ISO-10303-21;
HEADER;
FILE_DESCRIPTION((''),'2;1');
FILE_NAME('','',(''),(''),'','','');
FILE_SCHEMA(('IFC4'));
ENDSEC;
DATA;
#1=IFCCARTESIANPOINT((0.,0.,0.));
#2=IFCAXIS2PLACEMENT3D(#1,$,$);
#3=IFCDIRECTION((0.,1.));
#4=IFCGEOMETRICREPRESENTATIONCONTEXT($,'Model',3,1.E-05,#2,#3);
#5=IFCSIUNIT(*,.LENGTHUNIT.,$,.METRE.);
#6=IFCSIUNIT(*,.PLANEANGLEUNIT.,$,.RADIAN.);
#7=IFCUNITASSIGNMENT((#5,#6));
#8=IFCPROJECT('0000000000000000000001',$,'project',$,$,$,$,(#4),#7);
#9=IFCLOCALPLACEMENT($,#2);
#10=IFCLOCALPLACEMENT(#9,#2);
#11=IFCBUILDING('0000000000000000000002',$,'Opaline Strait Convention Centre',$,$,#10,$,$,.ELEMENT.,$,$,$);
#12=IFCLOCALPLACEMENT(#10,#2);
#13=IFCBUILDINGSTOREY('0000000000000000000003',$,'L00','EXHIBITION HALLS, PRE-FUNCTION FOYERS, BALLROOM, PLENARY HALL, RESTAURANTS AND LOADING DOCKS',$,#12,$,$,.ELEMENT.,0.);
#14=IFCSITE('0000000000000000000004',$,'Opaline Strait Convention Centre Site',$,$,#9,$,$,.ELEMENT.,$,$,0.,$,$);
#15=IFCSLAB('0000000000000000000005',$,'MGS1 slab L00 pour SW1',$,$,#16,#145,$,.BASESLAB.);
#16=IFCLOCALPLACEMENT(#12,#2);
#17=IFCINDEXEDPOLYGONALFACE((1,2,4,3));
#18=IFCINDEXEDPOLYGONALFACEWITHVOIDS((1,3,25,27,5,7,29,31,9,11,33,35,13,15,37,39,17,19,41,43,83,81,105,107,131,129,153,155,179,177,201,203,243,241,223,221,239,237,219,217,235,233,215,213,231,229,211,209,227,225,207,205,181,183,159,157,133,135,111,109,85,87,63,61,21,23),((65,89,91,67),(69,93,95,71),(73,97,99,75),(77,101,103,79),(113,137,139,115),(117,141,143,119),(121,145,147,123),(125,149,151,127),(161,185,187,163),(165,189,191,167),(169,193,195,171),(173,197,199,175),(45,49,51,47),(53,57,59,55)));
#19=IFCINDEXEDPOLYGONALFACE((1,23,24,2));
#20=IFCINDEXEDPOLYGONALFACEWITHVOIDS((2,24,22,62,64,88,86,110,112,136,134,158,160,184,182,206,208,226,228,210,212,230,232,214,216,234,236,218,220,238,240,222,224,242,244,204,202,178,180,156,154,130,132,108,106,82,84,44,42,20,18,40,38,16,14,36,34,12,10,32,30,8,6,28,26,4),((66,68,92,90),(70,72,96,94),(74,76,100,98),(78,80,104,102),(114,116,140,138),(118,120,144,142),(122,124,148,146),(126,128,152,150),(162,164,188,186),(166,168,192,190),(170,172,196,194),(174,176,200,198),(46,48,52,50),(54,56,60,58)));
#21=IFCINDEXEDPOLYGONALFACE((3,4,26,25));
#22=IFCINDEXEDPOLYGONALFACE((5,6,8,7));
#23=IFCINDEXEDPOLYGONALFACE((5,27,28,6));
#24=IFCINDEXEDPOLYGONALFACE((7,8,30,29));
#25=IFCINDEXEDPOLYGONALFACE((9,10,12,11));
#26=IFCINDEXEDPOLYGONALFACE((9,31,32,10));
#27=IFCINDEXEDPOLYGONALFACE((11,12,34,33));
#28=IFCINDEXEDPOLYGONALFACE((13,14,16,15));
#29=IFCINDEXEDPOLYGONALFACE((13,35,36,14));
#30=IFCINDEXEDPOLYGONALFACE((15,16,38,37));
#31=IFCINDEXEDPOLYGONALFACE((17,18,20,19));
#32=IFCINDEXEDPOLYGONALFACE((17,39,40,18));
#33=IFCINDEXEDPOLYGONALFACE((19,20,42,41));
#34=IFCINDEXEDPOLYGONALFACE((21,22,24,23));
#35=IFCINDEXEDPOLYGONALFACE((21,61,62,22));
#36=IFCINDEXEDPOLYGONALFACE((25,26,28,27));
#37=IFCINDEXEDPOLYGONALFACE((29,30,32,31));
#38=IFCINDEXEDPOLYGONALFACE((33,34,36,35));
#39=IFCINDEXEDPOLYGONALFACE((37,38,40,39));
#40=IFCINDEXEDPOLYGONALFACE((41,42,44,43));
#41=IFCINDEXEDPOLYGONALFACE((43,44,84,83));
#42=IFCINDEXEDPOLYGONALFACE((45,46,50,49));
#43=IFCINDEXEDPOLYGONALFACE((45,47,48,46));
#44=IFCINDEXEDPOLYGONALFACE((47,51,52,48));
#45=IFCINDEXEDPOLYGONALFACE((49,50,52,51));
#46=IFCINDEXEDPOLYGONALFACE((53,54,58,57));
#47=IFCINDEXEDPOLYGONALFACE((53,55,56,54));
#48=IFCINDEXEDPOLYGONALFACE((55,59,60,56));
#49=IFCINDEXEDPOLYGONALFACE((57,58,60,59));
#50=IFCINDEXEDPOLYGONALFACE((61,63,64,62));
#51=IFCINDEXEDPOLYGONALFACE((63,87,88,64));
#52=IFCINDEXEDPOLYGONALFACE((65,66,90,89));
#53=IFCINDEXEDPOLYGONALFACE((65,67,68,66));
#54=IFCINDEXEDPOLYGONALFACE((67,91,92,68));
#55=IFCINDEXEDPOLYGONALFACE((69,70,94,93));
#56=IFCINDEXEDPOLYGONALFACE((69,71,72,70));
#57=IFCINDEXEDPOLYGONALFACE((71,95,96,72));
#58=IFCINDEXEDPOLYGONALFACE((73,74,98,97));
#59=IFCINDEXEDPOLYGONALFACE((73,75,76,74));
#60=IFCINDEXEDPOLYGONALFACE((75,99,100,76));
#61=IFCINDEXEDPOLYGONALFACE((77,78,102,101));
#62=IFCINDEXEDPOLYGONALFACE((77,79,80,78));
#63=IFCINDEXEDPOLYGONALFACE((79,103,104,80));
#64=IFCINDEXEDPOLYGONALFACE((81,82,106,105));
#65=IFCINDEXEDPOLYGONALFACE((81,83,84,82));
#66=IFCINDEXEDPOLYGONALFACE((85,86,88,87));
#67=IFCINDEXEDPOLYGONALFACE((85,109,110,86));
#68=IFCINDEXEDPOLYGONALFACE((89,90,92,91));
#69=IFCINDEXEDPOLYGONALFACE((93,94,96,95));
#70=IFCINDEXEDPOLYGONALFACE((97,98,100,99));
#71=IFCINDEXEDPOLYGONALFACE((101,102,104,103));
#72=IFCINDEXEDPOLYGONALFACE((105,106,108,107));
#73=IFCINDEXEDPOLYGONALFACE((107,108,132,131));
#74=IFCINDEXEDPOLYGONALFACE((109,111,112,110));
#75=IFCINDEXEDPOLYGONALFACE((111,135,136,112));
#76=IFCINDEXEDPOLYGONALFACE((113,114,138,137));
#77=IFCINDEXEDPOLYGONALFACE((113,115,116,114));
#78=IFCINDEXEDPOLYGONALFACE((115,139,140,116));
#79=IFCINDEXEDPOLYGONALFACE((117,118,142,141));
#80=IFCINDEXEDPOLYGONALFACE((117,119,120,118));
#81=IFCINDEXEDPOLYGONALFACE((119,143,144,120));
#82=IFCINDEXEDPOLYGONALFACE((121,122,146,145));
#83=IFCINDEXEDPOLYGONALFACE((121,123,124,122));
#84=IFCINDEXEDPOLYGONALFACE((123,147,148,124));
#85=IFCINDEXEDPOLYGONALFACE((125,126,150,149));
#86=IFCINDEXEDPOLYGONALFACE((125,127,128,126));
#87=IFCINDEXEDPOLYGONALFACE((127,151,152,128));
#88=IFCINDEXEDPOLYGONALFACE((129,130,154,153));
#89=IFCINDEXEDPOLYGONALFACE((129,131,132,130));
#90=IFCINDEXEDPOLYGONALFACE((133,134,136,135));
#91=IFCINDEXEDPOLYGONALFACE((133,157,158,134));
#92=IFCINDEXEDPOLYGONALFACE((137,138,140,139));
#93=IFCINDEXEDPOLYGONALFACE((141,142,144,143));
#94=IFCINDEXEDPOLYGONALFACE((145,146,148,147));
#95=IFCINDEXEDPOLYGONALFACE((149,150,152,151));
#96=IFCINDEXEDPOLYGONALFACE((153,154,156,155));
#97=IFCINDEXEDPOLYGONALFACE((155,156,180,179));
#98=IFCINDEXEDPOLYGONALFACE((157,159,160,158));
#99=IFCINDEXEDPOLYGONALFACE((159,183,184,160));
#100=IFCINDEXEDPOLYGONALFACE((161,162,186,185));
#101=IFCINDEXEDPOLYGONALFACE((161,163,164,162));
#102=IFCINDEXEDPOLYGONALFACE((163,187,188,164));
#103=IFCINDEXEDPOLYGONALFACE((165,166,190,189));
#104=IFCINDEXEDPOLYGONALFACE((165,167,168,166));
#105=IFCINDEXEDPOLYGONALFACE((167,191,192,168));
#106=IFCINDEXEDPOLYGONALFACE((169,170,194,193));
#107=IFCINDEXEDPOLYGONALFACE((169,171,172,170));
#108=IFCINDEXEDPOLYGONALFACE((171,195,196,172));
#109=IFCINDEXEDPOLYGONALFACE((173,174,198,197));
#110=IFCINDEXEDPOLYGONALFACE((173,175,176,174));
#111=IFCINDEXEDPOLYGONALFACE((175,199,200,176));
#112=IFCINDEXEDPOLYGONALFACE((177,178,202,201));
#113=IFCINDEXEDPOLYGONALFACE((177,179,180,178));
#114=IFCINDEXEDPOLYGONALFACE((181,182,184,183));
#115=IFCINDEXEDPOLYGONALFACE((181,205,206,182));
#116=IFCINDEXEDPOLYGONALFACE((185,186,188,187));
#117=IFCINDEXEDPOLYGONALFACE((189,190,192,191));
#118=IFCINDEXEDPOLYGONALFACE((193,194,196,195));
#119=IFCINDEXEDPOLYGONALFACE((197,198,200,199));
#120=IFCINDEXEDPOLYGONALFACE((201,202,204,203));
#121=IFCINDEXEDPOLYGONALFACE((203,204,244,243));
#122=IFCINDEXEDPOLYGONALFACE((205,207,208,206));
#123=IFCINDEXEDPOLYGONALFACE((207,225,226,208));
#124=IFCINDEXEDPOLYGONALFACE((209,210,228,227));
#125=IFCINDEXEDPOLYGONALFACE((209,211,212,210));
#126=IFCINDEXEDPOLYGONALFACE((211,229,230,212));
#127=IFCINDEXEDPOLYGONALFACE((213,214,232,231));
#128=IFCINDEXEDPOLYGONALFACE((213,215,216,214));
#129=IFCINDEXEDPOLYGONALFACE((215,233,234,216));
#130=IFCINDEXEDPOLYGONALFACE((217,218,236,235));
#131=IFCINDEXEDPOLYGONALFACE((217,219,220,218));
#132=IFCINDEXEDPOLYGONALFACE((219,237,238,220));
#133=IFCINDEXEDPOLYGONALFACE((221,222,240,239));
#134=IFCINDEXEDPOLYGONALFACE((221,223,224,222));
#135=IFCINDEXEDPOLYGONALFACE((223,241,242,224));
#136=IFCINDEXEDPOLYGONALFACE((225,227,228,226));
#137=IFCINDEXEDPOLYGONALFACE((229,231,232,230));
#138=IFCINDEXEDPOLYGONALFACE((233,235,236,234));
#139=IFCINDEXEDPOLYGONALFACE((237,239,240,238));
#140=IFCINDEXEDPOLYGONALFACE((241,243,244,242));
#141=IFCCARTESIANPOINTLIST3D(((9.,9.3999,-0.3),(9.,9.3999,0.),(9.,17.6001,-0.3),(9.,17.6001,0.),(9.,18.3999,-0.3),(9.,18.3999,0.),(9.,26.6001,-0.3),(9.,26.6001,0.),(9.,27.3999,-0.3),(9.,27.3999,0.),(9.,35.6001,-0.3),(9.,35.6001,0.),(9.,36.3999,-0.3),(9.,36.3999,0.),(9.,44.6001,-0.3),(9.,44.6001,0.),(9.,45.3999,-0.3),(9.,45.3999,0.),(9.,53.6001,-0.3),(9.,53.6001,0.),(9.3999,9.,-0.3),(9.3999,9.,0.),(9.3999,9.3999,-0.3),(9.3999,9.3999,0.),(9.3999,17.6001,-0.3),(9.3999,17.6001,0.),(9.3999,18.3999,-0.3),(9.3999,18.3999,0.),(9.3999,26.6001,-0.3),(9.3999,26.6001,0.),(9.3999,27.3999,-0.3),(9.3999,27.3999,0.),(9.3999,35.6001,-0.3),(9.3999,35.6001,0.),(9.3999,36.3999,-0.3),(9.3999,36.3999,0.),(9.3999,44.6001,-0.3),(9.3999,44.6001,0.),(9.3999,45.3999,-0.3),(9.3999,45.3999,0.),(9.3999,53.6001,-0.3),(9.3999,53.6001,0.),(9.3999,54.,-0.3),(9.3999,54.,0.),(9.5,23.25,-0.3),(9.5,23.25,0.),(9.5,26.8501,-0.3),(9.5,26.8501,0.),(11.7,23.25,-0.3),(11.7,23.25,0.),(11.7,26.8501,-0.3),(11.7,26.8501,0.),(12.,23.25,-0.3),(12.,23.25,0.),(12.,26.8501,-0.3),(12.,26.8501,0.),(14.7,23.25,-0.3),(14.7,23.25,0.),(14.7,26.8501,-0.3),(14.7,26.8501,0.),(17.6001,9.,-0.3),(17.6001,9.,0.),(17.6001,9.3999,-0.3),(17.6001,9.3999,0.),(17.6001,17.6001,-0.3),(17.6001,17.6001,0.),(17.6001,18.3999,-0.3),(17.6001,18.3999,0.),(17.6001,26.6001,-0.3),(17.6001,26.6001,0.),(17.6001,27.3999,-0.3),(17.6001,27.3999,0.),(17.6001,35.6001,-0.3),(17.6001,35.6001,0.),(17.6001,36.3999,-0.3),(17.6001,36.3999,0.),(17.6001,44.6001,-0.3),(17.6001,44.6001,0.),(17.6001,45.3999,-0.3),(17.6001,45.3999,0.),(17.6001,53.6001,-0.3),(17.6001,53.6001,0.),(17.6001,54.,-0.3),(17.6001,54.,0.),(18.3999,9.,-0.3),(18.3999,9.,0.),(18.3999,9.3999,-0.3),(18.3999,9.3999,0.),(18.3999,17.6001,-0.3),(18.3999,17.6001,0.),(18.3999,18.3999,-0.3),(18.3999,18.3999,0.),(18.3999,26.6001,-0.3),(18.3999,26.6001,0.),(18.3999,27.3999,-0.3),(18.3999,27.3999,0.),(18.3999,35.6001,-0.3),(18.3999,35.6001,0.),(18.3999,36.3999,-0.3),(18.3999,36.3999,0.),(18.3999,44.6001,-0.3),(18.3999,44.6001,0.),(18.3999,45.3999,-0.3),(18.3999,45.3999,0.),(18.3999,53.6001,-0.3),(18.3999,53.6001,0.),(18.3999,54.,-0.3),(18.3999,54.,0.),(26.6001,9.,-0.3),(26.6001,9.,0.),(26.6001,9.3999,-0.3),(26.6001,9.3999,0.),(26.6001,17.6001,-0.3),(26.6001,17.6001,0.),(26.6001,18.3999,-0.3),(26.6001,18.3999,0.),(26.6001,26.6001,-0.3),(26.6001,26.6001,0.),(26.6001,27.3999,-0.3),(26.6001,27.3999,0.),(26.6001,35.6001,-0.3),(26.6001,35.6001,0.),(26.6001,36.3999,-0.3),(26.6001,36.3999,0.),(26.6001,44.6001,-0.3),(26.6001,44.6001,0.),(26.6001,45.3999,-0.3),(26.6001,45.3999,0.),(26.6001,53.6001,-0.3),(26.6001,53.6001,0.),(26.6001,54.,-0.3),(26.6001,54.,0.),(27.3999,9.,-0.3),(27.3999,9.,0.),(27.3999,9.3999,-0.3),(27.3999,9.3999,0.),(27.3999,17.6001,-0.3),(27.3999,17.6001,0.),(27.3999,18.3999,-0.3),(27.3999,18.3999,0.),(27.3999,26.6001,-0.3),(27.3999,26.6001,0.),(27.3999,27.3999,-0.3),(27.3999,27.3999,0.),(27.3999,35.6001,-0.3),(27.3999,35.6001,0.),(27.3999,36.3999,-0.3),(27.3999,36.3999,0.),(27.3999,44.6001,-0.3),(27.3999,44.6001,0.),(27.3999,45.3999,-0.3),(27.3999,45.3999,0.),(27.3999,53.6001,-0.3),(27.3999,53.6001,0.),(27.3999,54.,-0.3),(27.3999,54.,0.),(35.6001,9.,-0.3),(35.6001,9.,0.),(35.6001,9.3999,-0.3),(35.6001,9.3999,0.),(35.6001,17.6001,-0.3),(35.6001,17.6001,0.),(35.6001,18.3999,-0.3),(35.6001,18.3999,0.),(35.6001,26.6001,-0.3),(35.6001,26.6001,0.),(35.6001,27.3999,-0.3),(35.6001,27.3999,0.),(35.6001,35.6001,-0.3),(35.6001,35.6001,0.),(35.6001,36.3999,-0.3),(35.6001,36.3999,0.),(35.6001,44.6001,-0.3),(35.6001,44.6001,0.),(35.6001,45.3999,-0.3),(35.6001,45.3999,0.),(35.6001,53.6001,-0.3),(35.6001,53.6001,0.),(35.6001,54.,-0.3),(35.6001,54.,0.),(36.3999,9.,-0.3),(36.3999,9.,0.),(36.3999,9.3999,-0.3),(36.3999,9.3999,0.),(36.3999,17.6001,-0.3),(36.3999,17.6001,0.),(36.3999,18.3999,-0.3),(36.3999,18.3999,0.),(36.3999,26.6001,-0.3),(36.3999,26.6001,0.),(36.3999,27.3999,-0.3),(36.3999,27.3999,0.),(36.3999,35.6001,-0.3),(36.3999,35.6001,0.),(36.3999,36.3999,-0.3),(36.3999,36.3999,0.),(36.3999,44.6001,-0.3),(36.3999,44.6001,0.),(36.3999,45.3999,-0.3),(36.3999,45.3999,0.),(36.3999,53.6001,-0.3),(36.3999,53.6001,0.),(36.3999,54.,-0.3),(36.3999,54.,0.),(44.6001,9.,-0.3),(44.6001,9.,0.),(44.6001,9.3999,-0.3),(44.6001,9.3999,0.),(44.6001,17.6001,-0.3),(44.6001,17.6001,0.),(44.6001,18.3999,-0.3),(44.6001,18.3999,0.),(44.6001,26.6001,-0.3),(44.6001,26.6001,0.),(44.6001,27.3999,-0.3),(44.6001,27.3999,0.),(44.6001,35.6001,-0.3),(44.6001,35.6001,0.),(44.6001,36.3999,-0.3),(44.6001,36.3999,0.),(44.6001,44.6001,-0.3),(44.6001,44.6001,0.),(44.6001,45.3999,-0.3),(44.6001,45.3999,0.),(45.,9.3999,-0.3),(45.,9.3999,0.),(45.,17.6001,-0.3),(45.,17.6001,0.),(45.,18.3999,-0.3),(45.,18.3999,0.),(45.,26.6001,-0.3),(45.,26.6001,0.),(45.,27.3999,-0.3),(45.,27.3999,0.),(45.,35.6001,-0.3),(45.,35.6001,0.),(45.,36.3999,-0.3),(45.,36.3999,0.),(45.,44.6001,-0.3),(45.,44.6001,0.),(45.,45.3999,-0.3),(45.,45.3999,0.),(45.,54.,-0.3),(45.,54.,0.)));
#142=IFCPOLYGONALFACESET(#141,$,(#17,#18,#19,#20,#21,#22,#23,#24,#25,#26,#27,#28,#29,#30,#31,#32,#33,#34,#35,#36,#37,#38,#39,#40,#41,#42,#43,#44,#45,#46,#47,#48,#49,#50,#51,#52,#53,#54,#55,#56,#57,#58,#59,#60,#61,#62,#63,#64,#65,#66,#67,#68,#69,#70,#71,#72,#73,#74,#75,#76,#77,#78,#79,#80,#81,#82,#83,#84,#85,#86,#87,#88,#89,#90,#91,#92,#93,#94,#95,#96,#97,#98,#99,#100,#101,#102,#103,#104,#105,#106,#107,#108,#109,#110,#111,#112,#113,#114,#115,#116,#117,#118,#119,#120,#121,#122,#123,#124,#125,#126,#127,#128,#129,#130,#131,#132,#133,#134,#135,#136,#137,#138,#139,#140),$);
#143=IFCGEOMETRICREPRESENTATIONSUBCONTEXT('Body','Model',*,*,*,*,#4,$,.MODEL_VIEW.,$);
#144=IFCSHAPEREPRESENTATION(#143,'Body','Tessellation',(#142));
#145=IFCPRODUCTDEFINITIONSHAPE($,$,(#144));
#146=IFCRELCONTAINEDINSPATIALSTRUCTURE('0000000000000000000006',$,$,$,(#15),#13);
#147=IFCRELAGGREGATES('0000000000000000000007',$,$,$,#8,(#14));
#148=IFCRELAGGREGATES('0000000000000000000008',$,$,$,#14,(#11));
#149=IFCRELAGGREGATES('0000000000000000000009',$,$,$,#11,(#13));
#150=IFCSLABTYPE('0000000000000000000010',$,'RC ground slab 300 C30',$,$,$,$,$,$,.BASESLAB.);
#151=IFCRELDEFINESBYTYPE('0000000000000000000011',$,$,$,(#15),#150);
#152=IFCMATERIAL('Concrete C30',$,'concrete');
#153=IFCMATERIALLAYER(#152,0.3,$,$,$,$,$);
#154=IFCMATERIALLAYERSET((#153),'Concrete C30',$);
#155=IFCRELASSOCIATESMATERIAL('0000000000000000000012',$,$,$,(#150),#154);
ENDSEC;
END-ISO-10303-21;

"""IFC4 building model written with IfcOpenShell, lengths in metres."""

from ifc_helpers import new_model, si_unit, direction, frame, origin, place, context, subcontext, project, spatial, polyline, outline, extrude, material, layer, layer_set, type_object, element, save


model = new_model("IFC4")

# Units and contexts
model_context = context("Model", 3, precision=1e-05, world=origin(), true_north=direction((0.0, 1.0)))
body_context = subcontext(model_context, "Body", "Model", "MODEL_VIEW")
ifc_project = project(units=[si_unit("LENGTHUNIT", "METRE"), si_unit("PLANEANGLEUNIT", "RADIAN")], contexts=[model_context])

# Site, building, storey
site_placement = place(None, origin())
site = spatial("IfcSite", under=ifc_project, at=site_placement, Name="Opaline Strait Convention Centre Site", CompositionType="ELEMENT", RefElevation=0.0)
building_placement = place(site_placement, origin())
building = spatial("IfcBuilding", under=site, at=building_placement, Name="Opaline Strait Convention Centre", CompositionType="ELEMENT")
storey_placement = place(building_placement, origin())
storey = spatial("IfcBuildingStorey", under=building, at=storey_placement, Name="L00", Description="EXHIBITION HALLS, PRE-FUNCTION FOYERS, BALLROOM, PLENARY HALL, RESTAURANTS AND LOADING DOCKS", CompositionType="ELEMENT", Elevation=0.0)

# Slab
ifc_material = material(Name="Concrete C30", Category="concrete")
ifc_layer_1 = layer(ifc_material, 0.3)
ifc_layer_set_1 = layer_set([ifc_layer_1], Name="Concrete C30")
slab_type_1 = type_object("IfcSlabType", Name="RC ground slab 300 C30", PredefinedType="BASESLAB", material=ifc_layer_set_1)
slab_1_placement = place(storey_placement, frame((0.0, 0.0, -0.3)))
element("IfcSlab", 1, at=slab_1_placement, inside=storey, type_object=slab_type_1, Name="MGS1 slab L00 pour SW1", PredefinedType="BASESLAB", context=body_context, shape_type="SweptSolid", body=[
    extrude(outline(polyline([(44.6001, 9.3999), (44.6001, 9.0), (36.3999, 9.0), (36.3999, 9.3999), (35.6001, 9.3999), (35.6001, 9.0), (27.3999, 9.0), (27.3999, 9.3999), (26.6001, 9.3999), (26.6001, 9.0), (18.3999, 9.0), (18.3999, 9.3999), (17.6001, 9.3999), (17.6001, 9.0), (9.3999, 9.0), (9.3999, 9.3999), (9.0, 9.3999), (9.0, 17.6001), (9.3999, 17.6001), (9.3999, 18.3999), (9.0, 18.3999), (9.0, 26.6001), (9.3999, 26.6001), (9.3999, 27.3999), (9.0, 27.3999), (9.0, 35.6001), (9.3999, 35.6001), (9.3999, 36.3999), (9.0, 36.3999), (9.0, 44.6001), (9.3999, 44.6001), (9.3999, 45.3999), (9.0, 45.3999), (9.0, 53.6001), (9.3999, 53.6001), (9.3999, 54.0), (17.6001, 54.0), (17.6001, 53.6001), (18.3999, 53.6001), (18.3999, 54.0), (26.6001, 54.0), (26.6001, 53.6001), (27.3999, 53.6001), (27.3999, 54.0), (35.6001, 54.0), (35.6001, 53.6001), (36.3999, 53.6001), (36.3999, 54.0), (45.0, 54.0), (45.0, 45.3999), (44.6001, 45.3999), (44.6001, 44.6001), (45.0, 44.6001), (45.0, 36.3999), (44.6001, 36.3999), (44.6001, 35.6001), (45.0, 35.6001), (45.0, 27.3999), (44.6001, 27.3999), (44.6001, 26.6001), (45.0, 26.6001), (45.0, 18.3999), (44.6001, 18.3999), (44.6001, 17.6001), (45.0, 17.6001), (45.0, 9.3999), (44.6001, 9.3999)]), holes=[polyline([(18.3999, 17.6001), (18.3999, 18.3999), (17.6001, 18.3999), (17.6001, 17.6001), (18.3999, 17.6001)]), polyline([(12.0, 23.25), (14.7, 23.25), (14.7, 26.8501), (12.0, 26.8501), (12.0, 23.25)]), polyline([(9.5, 23.25), (11.7, 23.25), (11.7, 26.8501), (9.5, 26.8501), (9.5, 23.25)]), polyline([(17.6001, 26.6001), (18.3999, 26.6001), (18.3999, 27.3999), (17.6001, 27.3999), (17.6001, 26.6001)]), polyline([(26.6001, 35.6001), (27.3999, 35.6001), (27.3999, 36.3999), (26.6001, 36.3999), (26.6001, 35.6001)]), polyline([(17.6001, 35.6001), (18.3999, 35.6001), (18.3999, 36.3999), (17.6001, 36.3999), (17.6001, 35.6001)]), polyline([(17.6001, 44.6001), (18.3999, 44.6001), (18.3999, 45.3999), (17.6001, 45.3999), (17.6001, 44.6001)]), polyline([(27.3999, 17.6001), (27.3999, 18.3999), (26.6001, 18.3999), (26.6001, 17.6001), (27.3999, 17.6001)]), polyline([(35.6001, 17.6001), (36.3999, 17.6001), (36.3999, 18.3999), (35.6001, 18.3999), (35.6001, 17.6001)]), polyline([(26.6001, 26.6001), (27.3999, 26.6001), (27.3999, 27.3999), (26.6001, 27.3999), (26.6001, 26.6001)]), polyline([(36.3999, 26.6001), (36.3999, 27.3999), (35.6001, 27.3999), (35.6001, 26.6001), (36.3999, 26.6001)]), polyline([(35.6001, 35.6001), (36.3999, 35.6001), (36.3999, 36.3999), (35.6001, 36.3999), (35.6001, 35.6001)]), polyline([(26.6001, 44.6001), (27.3999, 44.6001), (27.3999, 45.3999), (26.6001, 45.3999), (26.6001, 44.6001)]), polyline([(35.6001, 44.6001), (36.3999, 44.6001), (36.3999, 45.3999), (35.6001, 45.3999), (35.6001, 44.6001)])]), origin(), (0.0, 0.0, 1.0), 0.3),
])

save(model, "model.ifc")
